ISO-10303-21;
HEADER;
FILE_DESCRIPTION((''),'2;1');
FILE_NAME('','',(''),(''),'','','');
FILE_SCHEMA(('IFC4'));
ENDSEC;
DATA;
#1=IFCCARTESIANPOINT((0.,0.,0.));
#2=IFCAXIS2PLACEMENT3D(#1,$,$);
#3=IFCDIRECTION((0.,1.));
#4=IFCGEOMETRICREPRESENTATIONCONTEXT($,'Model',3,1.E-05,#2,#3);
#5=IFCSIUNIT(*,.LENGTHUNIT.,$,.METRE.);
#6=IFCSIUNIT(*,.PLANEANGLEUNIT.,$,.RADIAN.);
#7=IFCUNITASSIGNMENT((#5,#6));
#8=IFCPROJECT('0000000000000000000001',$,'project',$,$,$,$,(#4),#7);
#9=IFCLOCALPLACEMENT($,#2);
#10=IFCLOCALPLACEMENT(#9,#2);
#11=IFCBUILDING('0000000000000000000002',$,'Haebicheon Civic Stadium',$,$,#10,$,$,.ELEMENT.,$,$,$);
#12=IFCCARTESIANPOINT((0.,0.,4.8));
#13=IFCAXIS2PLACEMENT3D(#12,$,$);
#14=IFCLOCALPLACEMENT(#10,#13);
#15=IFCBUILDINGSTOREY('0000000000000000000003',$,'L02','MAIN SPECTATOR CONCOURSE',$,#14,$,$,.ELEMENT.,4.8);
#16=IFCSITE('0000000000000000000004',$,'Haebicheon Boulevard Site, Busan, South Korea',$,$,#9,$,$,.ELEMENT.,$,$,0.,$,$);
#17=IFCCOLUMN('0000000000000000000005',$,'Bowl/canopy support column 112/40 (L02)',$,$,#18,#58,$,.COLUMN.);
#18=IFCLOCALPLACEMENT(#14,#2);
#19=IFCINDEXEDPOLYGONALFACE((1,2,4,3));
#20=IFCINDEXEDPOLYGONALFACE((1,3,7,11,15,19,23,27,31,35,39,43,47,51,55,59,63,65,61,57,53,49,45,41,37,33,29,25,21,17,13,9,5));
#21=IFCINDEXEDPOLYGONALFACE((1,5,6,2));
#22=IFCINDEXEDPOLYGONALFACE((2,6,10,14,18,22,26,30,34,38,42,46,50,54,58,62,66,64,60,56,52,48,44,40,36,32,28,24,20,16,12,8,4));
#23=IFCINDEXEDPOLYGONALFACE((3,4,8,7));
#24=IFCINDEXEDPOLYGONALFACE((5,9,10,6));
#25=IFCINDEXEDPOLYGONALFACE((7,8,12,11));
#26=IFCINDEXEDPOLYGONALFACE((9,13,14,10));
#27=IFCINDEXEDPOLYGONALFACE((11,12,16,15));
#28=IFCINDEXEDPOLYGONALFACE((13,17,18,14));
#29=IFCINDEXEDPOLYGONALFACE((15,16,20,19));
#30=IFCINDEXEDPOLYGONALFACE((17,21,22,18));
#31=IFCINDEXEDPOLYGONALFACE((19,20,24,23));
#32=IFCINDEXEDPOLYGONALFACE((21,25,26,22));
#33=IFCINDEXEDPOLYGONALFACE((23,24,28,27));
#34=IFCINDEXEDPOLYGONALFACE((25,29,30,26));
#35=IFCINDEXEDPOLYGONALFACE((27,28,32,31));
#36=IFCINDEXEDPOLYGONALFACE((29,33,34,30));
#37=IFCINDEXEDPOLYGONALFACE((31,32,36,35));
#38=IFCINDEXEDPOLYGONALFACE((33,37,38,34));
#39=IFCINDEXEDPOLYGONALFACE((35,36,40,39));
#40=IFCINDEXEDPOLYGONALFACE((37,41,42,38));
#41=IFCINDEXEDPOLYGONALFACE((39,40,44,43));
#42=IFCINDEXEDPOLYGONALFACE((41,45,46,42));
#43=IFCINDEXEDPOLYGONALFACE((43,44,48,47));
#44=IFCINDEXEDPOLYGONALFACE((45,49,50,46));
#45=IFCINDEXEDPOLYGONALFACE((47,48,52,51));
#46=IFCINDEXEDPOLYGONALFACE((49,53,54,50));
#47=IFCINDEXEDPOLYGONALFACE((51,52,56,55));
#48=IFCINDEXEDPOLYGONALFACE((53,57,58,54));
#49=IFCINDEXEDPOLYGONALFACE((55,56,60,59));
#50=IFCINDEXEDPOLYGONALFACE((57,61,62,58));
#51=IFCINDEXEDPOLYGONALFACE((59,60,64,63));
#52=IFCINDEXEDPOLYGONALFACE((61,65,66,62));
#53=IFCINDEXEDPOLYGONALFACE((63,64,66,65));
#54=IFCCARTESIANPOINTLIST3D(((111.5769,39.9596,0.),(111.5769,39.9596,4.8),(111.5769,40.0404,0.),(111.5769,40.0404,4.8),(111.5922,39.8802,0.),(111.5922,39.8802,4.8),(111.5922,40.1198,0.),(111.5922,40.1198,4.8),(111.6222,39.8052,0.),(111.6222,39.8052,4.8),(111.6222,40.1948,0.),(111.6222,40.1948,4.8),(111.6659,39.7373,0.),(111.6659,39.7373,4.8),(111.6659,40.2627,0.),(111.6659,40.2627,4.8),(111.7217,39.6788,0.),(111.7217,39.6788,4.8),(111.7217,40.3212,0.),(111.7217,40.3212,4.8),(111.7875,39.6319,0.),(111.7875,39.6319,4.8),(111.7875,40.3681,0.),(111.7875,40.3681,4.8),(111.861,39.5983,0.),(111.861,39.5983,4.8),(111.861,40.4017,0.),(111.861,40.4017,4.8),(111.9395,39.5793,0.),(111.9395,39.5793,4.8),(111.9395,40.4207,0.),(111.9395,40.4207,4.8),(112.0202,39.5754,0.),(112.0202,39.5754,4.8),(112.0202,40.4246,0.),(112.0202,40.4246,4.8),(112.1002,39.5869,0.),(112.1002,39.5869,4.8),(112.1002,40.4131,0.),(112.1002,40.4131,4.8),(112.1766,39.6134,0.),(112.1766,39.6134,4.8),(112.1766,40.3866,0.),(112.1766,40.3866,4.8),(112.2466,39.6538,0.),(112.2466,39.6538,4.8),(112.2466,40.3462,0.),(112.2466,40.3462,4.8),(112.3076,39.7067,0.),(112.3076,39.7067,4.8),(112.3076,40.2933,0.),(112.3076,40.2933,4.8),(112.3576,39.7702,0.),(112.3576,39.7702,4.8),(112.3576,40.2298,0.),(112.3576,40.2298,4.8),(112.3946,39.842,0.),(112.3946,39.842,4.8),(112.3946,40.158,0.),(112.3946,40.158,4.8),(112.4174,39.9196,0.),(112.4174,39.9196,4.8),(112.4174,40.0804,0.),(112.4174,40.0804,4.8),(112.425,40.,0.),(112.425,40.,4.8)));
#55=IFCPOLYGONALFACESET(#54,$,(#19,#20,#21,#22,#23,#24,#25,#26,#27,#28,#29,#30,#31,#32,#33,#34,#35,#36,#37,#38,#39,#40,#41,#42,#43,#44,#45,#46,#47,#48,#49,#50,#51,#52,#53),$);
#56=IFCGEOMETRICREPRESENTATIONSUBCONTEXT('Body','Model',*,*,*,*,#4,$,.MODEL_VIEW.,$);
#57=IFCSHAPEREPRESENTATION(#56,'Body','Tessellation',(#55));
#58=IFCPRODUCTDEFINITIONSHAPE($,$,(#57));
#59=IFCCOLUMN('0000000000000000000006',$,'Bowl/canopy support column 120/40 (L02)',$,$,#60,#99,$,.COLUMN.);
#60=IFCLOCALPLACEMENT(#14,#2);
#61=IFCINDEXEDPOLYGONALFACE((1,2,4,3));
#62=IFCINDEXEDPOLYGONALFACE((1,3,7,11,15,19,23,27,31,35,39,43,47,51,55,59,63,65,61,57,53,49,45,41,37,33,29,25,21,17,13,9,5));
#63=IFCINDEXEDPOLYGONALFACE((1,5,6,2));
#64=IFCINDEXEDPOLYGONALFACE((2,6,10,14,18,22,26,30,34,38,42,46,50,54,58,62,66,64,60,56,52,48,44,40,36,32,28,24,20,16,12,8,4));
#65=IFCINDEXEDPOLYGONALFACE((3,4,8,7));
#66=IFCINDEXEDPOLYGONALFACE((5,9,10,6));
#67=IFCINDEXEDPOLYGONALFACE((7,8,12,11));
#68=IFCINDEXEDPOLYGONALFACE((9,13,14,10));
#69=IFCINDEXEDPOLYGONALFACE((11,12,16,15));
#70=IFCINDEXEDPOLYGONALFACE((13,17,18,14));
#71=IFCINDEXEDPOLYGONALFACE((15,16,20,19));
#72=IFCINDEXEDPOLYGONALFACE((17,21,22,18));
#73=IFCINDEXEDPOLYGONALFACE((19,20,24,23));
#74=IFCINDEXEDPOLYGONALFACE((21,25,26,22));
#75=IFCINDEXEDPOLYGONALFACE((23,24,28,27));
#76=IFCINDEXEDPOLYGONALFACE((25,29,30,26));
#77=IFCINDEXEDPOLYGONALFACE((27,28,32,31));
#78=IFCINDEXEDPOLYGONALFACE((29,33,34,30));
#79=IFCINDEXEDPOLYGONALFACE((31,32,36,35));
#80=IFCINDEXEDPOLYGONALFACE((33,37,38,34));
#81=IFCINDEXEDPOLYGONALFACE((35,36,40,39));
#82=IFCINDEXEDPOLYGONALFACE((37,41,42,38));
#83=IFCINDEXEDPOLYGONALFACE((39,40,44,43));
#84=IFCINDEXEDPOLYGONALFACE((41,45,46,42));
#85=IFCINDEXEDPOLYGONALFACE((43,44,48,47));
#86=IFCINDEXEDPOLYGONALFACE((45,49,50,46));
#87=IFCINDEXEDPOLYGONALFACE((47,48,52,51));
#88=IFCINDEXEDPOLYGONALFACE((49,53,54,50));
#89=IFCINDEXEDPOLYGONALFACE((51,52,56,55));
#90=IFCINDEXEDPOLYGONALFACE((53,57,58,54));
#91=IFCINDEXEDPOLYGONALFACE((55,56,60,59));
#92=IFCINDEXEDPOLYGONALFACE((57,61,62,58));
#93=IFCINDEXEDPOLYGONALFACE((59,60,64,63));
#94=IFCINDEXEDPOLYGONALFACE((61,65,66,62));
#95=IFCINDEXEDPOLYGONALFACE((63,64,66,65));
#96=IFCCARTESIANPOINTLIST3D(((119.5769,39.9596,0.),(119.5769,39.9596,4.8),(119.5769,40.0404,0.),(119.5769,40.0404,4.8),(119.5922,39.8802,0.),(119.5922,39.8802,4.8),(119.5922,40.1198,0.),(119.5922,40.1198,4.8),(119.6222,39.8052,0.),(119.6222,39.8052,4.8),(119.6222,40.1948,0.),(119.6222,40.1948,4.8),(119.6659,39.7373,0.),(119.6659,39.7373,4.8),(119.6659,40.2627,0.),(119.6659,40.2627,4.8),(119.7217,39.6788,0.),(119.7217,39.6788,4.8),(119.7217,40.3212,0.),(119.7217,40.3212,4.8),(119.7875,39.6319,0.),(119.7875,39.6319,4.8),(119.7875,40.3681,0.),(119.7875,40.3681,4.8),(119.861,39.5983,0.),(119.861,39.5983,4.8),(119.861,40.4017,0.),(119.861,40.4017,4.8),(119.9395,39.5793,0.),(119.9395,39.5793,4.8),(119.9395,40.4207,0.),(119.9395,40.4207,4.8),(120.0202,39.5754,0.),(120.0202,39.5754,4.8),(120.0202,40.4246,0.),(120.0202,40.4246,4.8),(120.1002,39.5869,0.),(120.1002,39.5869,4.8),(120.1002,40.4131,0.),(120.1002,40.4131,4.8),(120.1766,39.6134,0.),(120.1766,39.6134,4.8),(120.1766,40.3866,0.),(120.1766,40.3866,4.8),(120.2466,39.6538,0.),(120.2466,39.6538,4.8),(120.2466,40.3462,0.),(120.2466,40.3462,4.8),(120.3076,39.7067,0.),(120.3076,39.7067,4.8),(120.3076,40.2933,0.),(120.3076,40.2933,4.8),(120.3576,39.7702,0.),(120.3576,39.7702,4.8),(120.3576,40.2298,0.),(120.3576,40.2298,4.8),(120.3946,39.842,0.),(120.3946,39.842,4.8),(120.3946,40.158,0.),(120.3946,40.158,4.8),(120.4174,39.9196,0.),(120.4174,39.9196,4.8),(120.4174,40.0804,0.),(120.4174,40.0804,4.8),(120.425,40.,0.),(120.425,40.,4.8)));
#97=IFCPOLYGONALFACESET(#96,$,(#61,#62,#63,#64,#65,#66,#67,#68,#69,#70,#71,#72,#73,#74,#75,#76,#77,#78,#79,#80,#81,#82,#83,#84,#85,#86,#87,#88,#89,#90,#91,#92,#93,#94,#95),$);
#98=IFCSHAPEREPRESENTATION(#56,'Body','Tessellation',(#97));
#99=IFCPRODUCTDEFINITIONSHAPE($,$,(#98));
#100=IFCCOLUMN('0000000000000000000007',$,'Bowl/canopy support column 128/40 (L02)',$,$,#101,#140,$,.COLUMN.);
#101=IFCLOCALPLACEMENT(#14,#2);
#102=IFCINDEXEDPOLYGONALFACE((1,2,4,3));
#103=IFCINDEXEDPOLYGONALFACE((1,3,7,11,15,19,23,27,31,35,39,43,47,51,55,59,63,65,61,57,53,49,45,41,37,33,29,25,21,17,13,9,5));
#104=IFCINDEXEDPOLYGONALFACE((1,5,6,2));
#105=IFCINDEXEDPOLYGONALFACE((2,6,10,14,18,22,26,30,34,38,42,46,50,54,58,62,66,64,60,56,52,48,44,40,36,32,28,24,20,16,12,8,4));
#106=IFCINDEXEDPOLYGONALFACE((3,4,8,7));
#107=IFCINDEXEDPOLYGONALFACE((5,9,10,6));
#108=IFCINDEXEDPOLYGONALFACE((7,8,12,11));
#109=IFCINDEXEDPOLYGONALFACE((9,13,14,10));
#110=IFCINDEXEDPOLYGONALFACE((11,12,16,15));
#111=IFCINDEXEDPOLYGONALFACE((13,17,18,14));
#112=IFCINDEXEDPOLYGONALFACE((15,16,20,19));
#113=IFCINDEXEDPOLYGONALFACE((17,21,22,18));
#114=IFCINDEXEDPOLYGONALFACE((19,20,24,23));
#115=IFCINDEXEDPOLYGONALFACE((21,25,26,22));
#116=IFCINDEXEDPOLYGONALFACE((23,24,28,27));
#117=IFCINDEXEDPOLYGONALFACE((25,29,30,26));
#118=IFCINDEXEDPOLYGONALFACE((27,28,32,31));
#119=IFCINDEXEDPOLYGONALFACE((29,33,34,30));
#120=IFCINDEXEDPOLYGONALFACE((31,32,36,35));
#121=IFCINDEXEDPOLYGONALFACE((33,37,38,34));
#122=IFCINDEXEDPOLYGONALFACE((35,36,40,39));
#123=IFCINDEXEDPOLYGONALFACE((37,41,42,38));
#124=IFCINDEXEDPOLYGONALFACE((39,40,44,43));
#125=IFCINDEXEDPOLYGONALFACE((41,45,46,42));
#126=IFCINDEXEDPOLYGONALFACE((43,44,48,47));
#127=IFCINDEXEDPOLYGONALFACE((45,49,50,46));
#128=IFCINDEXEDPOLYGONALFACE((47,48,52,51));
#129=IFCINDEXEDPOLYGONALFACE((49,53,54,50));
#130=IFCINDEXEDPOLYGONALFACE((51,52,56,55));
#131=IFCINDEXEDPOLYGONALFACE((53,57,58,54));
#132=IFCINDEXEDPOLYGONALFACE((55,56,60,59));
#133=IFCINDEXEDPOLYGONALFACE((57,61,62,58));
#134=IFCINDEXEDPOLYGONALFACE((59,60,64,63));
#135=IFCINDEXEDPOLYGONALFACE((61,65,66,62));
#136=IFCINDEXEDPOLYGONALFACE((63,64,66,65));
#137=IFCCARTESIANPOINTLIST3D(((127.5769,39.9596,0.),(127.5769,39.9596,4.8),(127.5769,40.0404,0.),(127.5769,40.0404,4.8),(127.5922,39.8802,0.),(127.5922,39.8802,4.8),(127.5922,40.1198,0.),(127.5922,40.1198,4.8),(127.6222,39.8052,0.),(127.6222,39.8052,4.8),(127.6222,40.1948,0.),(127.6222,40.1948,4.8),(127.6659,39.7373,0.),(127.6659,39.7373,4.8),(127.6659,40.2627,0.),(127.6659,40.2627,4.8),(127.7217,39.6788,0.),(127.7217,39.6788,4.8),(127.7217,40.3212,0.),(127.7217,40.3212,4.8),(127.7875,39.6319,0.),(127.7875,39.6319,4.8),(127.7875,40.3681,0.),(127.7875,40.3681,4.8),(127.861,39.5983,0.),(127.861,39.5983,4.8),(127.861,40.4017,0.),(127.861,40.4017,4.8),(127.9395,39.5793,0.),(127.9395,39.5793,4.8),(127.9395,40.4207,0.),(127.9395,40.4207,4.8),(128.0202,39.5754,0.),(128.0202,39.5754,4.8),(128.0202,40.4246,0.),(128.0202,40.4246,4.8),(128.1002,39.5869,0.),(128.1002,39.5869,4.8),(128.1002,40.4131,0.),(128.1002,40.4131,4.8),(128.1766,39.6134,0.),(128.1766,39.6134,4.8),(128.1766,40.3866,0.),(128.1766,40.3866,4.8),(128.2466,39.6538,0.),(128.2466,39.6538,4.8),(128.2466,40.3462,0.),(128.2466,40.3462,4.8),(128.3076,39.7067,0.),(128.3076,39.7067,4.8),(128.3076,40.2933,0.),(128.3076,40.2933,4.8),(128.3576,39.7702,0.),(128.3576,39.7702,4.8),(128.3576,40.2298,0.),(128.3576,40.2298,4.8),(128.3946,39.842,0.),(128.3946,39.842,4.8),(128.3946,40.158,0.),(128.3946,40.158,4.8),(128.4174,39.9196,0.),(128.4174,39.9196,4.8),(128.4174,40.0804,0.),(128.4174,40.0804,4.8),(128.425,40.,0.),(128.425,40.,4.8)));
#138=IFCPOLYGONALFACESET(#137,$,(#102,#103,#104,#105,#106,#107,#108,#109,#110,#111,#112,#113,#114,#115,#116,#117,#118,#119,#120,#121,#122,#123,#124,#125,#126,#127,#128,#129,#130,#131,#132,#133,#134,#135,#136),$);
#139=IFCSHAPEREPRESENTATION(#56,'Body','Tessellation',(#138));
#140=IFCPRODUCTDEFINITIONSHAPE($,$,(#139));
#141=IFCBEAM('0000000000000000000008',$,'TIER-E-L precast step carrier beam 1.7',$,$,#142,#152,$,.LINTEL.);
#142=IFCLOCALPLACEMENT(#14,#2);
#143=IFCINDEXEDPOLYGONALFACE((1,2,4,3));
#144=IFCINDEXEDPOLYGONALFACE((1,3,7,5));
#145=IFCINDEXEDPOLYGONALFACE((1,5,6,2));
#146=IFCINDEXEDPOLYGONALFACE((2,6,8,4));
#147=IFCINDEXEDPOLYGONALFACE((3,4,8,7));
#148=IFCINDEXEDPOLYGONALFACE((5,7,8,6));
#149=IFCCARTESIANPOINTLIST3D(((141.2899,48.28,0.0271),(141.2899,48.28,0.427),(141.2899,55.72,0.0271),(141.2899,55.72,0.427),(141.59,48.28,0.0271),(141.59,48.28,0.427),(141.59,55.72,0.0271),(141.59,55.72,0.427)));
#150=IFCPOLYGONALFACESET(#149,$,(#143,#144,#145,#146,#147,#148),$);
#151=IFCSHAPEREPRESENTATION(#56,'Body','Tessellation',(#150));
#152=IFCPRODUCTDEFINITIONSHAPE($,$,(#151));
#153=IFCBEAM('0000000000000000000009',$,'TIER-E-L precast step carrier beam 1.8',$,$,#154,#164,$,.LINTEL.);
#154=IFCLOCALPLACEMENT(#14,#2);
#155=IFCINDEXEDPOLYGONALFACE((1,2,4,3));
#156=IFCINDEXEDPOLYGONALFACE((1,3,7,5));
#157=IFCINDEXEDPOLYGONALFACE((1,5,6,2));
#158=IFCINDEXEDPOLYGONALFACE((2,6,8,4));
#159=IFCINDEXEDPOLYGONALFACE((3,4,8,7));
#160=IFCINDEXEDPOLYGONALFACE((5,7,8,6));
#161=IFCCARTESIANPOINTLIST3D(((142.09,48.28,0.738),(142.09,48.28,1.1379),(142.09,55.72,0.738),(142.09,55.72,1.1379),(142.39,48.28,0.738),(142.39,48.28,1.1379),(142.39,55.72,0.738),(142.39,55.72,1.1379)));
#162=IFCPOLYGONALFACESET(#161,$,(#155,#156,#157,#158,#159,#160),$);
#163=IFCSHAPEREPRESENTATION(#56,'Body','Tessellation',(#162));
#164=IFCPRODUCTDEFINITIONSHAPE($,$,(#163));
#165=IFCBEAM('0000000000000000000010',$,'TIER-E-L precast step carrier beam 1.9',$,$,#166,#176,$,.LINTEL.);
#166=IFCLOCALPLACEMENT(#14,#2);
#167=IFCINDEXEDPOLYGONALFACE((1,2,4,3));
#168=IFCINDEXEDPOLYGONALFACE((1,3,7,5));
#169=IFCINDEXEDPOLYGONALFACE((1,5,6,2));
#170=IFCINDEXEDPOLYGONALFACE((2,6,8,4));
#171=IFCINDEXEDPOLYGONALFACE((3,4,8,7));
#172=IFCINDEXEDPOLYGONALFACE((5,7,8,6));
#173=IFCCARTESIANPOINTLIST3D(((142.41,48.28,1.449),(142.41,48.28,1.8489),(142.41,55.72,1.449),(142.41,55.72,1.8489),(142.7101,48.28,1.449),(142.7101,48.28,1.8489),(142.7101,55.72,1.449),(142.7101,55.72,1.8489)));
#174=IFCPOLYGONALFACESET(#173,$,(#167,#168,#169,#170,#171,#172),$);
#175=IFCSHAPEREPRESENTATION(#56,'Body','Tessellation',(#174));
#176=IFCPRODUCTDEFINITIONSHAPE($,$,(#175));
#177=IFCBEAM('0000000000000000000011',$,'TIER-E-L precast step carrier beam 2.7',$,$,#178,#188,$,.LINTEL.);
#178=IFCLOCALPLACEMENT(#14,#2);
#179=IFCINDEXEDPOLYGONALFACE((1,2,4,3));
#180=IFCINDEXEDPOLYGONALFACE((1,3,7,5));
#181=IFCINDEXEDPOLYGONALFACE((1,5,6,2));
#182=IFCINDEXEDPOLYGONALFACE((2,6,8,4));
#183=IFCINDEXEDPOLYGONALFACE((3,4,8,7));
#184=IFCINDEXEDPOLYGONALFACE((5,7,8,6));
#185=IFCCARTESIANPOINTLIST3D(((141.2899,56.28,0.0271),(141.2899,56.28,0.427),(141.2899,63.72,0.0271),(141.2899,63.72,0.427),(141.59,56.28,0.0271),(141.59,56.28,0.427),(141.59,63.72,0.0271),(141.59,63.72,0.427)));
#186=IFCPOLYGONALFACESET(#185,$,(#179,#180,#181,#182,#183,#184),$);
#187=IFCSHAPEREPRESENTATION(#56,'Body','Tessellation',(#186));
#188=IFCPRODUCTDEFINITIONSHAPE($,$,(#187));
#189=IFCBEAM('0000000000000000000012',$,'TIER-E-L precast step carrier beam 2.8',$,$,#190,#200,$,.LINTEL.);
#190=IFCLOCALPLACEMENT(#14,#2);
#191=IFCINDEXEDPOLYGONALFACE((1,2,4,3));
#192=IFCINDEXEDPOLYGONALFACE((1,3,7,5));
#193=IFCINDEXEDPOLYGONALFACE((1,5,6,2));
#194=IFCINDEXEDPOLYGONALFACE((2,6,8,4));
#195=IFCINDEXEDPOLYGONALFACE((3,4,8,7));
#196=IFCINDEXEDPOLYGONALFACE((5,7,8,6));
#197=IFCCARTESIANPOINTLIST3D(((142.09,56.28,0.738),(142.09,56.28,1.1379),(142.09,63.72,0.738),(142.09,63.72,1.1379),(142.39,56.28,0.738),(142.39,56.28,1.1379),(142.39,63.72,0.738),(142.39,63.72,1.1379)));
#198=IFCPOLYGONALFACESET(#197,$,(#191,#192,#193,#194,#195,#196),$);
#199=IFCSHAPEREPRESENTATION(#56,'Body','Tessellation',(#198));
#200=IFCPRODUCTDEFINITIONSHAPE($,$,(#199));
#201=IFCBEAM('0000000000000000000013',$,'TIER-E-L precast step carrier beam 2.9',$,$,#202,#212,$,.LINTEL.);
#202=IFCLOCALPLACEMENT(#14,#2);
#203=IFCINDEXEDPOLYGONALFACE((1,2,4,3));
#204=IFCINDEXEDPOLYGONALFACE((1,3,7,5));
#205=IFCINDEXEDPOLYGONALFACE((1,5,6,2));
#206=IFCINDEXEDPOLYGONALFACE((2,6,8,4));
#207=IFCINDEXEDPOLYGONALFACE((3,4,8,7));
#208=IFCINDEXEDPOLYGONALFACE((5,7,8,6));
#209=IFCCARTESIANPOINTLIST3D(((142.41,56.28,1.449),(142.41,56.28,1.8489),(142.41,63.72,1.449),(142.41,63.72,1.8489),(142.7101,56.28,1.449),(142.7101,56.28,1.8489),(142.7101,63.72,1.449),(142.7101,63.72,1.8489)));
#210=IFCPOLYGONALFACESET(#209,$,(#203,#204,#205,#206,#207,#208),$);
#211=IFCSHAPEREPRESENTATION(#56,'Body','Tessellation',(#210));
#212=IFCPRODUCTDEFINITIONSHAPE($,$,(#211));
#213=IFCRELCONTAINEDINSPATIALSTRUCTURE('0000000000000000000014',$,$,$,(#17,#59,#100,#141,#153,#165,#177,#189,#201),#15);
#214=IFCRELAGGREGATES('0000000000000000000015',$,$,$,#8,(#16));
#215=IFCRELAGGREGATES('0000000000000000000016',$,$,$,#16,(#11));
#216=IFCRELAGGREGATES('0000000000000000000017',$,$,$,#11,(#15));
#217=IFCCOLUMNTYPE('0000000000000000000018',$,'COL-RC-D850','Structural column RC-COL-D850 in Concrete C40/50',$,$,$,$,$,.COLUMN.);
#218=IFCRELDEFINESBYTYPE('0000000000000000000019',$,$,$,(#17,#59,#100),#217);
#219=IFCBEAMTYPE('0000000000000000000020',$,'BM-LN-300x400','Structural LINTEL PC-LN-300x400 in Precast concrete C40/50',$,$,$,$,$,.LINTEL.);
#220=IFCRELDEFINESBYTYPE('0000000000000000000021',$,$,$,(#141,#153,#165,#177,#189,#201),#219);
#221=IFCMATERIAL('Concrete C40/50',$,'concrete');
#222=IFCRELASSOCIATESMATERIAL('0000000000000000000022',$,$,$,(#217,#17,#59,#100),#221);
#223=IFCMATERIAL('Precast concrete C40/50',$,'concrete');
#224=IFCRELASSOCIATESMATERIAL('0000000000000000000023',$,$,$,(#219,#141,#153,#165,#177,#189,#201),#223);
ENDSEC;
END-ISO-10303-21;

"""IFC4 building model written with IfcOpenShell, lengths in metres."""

from ifc_helpers import new_model, si_unit, direction, frame, origin, origin_2d, place, context, subcontext, project, spatial, rectangle, circle, extrude, material, material_profile, profile_set, type_object, element, save


model = new_model("IFC4")

# Units and contexts
model_context = context("Model", 3, precision=1e-05, world=origin(), true_north=direction((0.0, 1.0)))
body_context = subcontext(model_context, "Body", "Model", "MODEL_VIEW")
ifc_project = project(units=[si_unit("LENGTHUNIT", "METRE"), si_unit("PLANEANGLEUNIT", "RADIAN")], contexts=[model_context])

# Site, building, storey
site_placement = place(None, origin())
site = spatial("IfcSite", under=ifc_project, at=site_placement, Name="Haebicheon Boulevard Site, Busan, South Korea", CompositionType="ELEMENT", RefElevation=0.0)
building_placement = place(site_placement, origin())
building = spatial("IfcBuilding", under=site, at=building_placement, Name="Haebicheon Civic Stadium", CompositionType="ELEMENT")
storey_placement = place(building_placement, frame((0.0, 0.0, 4.8)))
storey = spatial("IfcBuildingStorey", under=building, at=storey_placement, Name="L02", Description="MAIN SPECTATOR CONCOURSE", CompositionType="ELEMENT", Elevation=4.8)

# Columns
ifc_material_1 = material(Name="Concrete C40/50", Category="concrete")
ifc_material_profile_1 = material_profile(ifc_material_1, circle(Radius=0.425, at=origin_2d()), Name="RC-COL-D850")
ifc_profile_set_1 = profile_set([ifc_material_profile_1], Name="Concrete C40/50")
column_type_1 = type_object("IfcColumnType", Name="COL-RC-D850", Description="Structural column RC-COL-D850 in Concrete C40/50", PredefinedType="COLUMN", material=ifc_profile_set_1)
for number, where, z_axis, x_axis, name in (
    (1, (112.0, 40.0, 0.0), (0.0, 0.0, 1.0), (1.0, 0.0, 0.0), "Bowl/canopy support column 112/40 (L02)"),
    (2, (120.0, 40.0, 0.0), (0.0, 0.0, 1.0), (1.0, 0.0, 0.0), "Bowl/canopy support column 120/40 (L02)"),
    (3, (128.0, 40.0, 0.0), (0.0, 0.0, 1.0), (1.0, 0.0, 0.0), "Bowl/canopy support column 128/40 (L02)"),
):
    element("IfcColumn", number, at=place(storey_placement, frame(where, z_axis=z_axis, x_axis=x_axis)), inside=storey, type_object=column_type_1, material=ifc_profile_set_1, Name=name, PredefinedType="COLUMN", context=body_context, shape_type="SweptSolid", body=[
        extrude(circle(Radius=0.425, at=origin_2d()), origin(), (0.0, 0.0, 1.0), 4.8),
    ])

# Beams
ifc_material_2 = material(Name="Precast concrete C40/50", Category="concrete")
ifc_material_profile_2 = material_profile(ifc_material_2, rectangle(XDim=0.3, YDim=0.3999, at=origin_2d()), Name="PC-LN-300x400")
ifc_profile_set_2 = profile_set([ifc_material_profile_2], Name="Precast concrete C40/50")
beam_type_1 = type_object("IfcBeamType", Name="BM-LN-300x400", Description="Structural LINTEL PC-LN-300x400 in Precast concrete C40/50", PredefinedType="LINTEL", material=ifc_profile_set_2)
for number, where, z_axis, x_axis, name in (
    (4, (141.4399, 48.28, 0.2271), (0.0, 1.0, 0.0), (-1.0, 0.0, 0.0), "TIER-E-L precast step carrier beam 1.7"),
    (5, (142.24, 48.28, 0.938), (0.0, 1.0, 0.0), (-1.0, 0.0, 0.0), "TIER-E-L precast step carrier beam 1.8"),
    (6, (142.5601, 48.28, 1.6489), (0.0, 1.0, 0.0), (-1.0, 0.0, 0.0), "TIER-E-L precast step carrier beam 1.9"),
    (7, (141.4399, 56.28, 0.2271), (0.0, 1.0, 0.0), (-1.0, 0.0, 0.0), "TIER-E-L precast step carrier beam 2.7"),
    (8, (142.24, 56.28, 0.938), (0.0, 1.0, 0.0), (-1.0, 0.0, 0.0), "TIER-E-L precast step carrier beam 2.8"),
    (9, (142.5601, 56.28, 1.6489), (0.0, 1.0, 0.0), (-1.0, 0.0, 0.0), "TIER-E-L precast step carrier beam 2.9"),
):
    element("IfcBeam", number, at=place(storey_placement, frame(where, z_axis=z_axis, x_axis=x_axis)), inside=storey, type_object=beam_type_1, material=ifc_profile_set_2, Name=name, PredefinedType="LINTEL", context=body_context, shape_type="SweptSolid", body=[
        extrude(rectangle(XDim=0.3, YDim=0.3999, at=origin_2d()), origin(), (0.0, 0.0, 1.0), 7.4399),
    ])

save(model, "model.ifc")
